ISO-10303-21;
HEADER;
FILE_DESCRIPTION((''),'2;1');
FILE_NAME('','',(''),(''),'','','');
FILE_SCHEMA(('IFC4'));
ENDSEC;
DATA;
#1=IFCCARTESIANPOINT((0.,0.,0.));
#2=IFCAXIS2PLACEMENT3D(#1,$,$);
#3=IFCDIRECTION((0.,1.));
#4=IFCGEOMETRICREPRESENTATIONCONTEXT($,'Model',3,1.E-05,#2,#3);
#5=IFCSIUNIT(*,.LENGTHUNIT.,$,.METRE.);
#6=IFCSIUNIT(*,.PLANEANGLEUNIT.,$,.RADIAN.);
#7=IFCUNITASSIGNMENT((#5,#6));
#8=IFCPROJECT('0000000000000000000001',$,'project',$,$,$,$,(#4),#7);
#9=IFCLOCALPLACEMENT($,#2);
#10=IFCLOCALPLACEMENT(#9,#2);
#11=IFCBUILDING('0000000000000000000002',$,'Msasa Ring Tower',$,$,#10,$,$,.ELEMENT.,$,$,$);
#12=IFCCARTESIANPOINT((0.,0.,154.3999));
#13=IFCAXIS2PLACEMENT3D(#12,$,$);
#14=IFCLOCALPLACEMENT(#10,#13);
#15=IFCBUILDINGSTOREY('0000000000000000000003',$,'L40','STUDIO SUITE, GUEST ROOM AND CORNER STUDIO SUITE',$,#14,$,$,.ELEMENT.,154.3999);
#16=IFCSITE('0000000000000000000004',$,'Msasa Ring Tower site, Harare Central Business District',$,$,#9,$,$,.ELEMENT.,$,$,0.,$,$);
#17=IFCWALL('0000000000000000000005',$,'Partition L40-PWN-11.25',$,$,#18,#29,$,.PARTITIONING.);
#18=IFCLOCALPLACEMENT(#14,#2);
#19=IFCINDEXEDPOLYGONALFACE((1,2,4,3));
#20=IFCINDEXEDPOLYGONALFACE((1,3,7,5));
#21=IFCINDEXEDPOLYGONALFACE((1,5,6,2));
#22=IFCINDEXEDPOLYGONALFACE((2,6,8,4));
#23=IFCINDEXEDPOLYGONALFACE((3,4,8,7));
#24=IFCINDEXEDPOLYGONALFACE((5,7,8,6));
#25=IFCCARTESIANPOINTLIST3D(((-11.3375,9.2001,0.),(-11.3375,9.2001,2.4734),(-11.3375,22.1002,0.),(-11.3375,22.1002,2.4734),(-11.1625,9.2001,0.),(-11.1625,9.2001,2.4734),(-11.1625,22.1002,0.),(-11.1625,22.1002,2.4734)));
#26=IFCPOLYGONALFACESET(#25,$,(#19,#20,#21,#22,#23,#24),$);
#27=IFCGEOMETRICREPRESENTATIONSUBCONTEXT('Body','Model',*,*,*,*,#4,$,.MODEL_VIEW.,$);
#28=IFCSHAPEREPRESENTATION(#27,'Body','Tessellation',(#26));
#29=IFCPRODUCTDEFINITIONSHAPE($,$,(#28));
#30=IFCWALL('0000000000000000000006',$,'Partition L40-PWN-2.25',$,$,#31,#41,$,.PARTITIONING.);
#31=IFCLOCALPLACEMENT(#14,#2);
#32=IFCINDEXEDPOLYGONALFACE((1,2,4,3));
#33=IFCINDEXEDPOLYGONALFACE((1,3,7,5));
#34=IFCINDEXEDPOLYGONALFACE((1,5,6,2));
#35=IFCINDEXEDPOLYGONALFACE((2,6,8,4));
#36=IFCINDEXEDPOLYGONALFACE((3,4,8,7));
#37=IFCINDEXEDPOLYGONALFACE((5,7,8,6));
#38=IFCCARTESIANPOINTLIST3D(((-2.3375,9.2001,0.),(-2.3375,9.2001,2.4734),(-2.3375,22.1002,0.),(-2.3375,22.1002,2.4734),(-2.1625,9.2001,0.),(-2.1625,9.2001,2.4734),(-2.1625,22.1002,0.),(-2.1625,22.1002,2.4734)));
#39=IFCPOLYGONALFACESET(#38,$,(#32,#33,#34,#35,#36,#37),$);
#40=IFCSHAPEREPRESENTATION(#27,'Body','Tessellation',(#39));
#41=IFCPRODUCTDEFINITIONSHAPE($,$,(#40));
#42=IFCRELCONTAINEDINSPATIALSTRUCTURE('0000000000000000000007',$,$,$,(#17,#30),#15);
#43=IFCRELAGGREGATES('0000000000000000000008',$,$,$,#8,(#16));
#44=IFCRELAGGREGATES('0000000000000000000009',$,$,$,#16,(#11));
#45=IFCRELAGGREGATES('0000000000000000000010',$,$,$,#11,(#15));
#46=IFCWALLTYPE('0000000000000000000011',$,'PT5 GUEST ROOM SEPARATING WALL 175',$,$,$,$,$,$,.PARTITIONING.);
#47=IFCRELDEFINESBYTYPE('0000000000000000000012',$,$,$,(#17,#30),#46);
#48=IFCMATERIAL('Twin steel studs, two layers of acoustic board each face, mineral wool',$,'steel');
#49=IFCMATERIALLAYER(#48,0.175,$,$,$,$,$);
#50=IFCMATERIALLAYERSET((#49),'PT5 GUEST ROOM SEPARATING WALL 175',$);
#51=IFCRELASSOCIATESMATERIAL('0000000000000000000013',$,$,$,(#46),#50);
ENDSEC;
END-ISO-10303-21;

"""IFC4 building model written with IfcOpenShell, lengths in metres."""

from ifc_helpers import new_model, si_unit, direction, frame, frame_2d, origin, place, context, subcontext, project, spatial, rectangle, extrude, material, layer, layer_set, type_object, element, save


model = new_model("IFC4")

# Units and contexts
model_context = context("Model", 3, precision=1e-05, world=origin(), true_north=direction((0.0, 1.0)))
body_context = subcontext(model_context, "Body", "Model", "MODEL_VIEW")
ifc_project = project(units=[si_unit("LENGTHUNIT", "METRE"), si_unit("PLANEANGLEUNIT", "RADIAN")], contexts=[model_context])

# Site, building, storey
site_placement = place(None, origin())
site = spatial("IfcSite", under=ifc_project, at=site_placement, Name="Msasa Ring Tower site, Harare Central Business District", CompositionType="ELEMENT", RefElevation=0.0)
building_placement = place(site_placement, origin())
building = spatial("IfcBuilding", under=site, at=building_placement, Name="Msasa Ring Tower", CompositionType="ELEMENT")
storey_placement = place(building_placement, frame((0.0, 0.0, 154.3999)))
storey = spatial("IfcBuildingStorey", under=building, at=storey_placement, Name="L40", Description="STUDIO SUITE, GUEST ROOM AND CORNER STUDIO SUITE", CompositionType="ELEMENT", Elevation=154.3999)

# Walls
ifc_material_1 = material(Name="Twin steel studs, two layers of acoustic board each face, mineral wool", Category="steel")
ifc_layer_1 = layer(ifc_material_1, 0.175)
ifc_layer_set_1 = layer_set([ifc_layer_1], Name="PT5 GUEST ROOM SEPARATING WALL 175")
wall_type_1 = type_object("IfcWallType", Name="PT5 GUEST ROOM SEPARATING WALL 175", PredefinedType="PARTITIONING", material=ifc_layer_set_1)
for number, where, z_axis, x_axis, name in (
    (1, (-11.25, 9.2, 0.0), (0.0, 0.0, 1.0), (0.0, 1.0, 0.0), "Partition L40-PWN-11.25"),
    (2, (-2.25, 9.2, 0.0), (0.0, 0.0, 1.0), (0.0, 1.0, 0.0), "Partition L40-PWN-2.25"),
):
    element("IfcWall", number, at=place(storey_placement, frame(where, z_axis=z_axis, x_axis=x_axis)), inside=storey, type_object=wall_type_1, Name=name, PredefinedType="PARTITIONING", context=body_context, shape_type="SweptSolid", body=[
        extrude(rectangle(XDim=12.9001, YDim=0.175, at=frame_2d((6.4502, 0.0))), origin(), (0.0, 0.0, 1.0), 2.4734),
    ])

save(model, "model.ifc")
